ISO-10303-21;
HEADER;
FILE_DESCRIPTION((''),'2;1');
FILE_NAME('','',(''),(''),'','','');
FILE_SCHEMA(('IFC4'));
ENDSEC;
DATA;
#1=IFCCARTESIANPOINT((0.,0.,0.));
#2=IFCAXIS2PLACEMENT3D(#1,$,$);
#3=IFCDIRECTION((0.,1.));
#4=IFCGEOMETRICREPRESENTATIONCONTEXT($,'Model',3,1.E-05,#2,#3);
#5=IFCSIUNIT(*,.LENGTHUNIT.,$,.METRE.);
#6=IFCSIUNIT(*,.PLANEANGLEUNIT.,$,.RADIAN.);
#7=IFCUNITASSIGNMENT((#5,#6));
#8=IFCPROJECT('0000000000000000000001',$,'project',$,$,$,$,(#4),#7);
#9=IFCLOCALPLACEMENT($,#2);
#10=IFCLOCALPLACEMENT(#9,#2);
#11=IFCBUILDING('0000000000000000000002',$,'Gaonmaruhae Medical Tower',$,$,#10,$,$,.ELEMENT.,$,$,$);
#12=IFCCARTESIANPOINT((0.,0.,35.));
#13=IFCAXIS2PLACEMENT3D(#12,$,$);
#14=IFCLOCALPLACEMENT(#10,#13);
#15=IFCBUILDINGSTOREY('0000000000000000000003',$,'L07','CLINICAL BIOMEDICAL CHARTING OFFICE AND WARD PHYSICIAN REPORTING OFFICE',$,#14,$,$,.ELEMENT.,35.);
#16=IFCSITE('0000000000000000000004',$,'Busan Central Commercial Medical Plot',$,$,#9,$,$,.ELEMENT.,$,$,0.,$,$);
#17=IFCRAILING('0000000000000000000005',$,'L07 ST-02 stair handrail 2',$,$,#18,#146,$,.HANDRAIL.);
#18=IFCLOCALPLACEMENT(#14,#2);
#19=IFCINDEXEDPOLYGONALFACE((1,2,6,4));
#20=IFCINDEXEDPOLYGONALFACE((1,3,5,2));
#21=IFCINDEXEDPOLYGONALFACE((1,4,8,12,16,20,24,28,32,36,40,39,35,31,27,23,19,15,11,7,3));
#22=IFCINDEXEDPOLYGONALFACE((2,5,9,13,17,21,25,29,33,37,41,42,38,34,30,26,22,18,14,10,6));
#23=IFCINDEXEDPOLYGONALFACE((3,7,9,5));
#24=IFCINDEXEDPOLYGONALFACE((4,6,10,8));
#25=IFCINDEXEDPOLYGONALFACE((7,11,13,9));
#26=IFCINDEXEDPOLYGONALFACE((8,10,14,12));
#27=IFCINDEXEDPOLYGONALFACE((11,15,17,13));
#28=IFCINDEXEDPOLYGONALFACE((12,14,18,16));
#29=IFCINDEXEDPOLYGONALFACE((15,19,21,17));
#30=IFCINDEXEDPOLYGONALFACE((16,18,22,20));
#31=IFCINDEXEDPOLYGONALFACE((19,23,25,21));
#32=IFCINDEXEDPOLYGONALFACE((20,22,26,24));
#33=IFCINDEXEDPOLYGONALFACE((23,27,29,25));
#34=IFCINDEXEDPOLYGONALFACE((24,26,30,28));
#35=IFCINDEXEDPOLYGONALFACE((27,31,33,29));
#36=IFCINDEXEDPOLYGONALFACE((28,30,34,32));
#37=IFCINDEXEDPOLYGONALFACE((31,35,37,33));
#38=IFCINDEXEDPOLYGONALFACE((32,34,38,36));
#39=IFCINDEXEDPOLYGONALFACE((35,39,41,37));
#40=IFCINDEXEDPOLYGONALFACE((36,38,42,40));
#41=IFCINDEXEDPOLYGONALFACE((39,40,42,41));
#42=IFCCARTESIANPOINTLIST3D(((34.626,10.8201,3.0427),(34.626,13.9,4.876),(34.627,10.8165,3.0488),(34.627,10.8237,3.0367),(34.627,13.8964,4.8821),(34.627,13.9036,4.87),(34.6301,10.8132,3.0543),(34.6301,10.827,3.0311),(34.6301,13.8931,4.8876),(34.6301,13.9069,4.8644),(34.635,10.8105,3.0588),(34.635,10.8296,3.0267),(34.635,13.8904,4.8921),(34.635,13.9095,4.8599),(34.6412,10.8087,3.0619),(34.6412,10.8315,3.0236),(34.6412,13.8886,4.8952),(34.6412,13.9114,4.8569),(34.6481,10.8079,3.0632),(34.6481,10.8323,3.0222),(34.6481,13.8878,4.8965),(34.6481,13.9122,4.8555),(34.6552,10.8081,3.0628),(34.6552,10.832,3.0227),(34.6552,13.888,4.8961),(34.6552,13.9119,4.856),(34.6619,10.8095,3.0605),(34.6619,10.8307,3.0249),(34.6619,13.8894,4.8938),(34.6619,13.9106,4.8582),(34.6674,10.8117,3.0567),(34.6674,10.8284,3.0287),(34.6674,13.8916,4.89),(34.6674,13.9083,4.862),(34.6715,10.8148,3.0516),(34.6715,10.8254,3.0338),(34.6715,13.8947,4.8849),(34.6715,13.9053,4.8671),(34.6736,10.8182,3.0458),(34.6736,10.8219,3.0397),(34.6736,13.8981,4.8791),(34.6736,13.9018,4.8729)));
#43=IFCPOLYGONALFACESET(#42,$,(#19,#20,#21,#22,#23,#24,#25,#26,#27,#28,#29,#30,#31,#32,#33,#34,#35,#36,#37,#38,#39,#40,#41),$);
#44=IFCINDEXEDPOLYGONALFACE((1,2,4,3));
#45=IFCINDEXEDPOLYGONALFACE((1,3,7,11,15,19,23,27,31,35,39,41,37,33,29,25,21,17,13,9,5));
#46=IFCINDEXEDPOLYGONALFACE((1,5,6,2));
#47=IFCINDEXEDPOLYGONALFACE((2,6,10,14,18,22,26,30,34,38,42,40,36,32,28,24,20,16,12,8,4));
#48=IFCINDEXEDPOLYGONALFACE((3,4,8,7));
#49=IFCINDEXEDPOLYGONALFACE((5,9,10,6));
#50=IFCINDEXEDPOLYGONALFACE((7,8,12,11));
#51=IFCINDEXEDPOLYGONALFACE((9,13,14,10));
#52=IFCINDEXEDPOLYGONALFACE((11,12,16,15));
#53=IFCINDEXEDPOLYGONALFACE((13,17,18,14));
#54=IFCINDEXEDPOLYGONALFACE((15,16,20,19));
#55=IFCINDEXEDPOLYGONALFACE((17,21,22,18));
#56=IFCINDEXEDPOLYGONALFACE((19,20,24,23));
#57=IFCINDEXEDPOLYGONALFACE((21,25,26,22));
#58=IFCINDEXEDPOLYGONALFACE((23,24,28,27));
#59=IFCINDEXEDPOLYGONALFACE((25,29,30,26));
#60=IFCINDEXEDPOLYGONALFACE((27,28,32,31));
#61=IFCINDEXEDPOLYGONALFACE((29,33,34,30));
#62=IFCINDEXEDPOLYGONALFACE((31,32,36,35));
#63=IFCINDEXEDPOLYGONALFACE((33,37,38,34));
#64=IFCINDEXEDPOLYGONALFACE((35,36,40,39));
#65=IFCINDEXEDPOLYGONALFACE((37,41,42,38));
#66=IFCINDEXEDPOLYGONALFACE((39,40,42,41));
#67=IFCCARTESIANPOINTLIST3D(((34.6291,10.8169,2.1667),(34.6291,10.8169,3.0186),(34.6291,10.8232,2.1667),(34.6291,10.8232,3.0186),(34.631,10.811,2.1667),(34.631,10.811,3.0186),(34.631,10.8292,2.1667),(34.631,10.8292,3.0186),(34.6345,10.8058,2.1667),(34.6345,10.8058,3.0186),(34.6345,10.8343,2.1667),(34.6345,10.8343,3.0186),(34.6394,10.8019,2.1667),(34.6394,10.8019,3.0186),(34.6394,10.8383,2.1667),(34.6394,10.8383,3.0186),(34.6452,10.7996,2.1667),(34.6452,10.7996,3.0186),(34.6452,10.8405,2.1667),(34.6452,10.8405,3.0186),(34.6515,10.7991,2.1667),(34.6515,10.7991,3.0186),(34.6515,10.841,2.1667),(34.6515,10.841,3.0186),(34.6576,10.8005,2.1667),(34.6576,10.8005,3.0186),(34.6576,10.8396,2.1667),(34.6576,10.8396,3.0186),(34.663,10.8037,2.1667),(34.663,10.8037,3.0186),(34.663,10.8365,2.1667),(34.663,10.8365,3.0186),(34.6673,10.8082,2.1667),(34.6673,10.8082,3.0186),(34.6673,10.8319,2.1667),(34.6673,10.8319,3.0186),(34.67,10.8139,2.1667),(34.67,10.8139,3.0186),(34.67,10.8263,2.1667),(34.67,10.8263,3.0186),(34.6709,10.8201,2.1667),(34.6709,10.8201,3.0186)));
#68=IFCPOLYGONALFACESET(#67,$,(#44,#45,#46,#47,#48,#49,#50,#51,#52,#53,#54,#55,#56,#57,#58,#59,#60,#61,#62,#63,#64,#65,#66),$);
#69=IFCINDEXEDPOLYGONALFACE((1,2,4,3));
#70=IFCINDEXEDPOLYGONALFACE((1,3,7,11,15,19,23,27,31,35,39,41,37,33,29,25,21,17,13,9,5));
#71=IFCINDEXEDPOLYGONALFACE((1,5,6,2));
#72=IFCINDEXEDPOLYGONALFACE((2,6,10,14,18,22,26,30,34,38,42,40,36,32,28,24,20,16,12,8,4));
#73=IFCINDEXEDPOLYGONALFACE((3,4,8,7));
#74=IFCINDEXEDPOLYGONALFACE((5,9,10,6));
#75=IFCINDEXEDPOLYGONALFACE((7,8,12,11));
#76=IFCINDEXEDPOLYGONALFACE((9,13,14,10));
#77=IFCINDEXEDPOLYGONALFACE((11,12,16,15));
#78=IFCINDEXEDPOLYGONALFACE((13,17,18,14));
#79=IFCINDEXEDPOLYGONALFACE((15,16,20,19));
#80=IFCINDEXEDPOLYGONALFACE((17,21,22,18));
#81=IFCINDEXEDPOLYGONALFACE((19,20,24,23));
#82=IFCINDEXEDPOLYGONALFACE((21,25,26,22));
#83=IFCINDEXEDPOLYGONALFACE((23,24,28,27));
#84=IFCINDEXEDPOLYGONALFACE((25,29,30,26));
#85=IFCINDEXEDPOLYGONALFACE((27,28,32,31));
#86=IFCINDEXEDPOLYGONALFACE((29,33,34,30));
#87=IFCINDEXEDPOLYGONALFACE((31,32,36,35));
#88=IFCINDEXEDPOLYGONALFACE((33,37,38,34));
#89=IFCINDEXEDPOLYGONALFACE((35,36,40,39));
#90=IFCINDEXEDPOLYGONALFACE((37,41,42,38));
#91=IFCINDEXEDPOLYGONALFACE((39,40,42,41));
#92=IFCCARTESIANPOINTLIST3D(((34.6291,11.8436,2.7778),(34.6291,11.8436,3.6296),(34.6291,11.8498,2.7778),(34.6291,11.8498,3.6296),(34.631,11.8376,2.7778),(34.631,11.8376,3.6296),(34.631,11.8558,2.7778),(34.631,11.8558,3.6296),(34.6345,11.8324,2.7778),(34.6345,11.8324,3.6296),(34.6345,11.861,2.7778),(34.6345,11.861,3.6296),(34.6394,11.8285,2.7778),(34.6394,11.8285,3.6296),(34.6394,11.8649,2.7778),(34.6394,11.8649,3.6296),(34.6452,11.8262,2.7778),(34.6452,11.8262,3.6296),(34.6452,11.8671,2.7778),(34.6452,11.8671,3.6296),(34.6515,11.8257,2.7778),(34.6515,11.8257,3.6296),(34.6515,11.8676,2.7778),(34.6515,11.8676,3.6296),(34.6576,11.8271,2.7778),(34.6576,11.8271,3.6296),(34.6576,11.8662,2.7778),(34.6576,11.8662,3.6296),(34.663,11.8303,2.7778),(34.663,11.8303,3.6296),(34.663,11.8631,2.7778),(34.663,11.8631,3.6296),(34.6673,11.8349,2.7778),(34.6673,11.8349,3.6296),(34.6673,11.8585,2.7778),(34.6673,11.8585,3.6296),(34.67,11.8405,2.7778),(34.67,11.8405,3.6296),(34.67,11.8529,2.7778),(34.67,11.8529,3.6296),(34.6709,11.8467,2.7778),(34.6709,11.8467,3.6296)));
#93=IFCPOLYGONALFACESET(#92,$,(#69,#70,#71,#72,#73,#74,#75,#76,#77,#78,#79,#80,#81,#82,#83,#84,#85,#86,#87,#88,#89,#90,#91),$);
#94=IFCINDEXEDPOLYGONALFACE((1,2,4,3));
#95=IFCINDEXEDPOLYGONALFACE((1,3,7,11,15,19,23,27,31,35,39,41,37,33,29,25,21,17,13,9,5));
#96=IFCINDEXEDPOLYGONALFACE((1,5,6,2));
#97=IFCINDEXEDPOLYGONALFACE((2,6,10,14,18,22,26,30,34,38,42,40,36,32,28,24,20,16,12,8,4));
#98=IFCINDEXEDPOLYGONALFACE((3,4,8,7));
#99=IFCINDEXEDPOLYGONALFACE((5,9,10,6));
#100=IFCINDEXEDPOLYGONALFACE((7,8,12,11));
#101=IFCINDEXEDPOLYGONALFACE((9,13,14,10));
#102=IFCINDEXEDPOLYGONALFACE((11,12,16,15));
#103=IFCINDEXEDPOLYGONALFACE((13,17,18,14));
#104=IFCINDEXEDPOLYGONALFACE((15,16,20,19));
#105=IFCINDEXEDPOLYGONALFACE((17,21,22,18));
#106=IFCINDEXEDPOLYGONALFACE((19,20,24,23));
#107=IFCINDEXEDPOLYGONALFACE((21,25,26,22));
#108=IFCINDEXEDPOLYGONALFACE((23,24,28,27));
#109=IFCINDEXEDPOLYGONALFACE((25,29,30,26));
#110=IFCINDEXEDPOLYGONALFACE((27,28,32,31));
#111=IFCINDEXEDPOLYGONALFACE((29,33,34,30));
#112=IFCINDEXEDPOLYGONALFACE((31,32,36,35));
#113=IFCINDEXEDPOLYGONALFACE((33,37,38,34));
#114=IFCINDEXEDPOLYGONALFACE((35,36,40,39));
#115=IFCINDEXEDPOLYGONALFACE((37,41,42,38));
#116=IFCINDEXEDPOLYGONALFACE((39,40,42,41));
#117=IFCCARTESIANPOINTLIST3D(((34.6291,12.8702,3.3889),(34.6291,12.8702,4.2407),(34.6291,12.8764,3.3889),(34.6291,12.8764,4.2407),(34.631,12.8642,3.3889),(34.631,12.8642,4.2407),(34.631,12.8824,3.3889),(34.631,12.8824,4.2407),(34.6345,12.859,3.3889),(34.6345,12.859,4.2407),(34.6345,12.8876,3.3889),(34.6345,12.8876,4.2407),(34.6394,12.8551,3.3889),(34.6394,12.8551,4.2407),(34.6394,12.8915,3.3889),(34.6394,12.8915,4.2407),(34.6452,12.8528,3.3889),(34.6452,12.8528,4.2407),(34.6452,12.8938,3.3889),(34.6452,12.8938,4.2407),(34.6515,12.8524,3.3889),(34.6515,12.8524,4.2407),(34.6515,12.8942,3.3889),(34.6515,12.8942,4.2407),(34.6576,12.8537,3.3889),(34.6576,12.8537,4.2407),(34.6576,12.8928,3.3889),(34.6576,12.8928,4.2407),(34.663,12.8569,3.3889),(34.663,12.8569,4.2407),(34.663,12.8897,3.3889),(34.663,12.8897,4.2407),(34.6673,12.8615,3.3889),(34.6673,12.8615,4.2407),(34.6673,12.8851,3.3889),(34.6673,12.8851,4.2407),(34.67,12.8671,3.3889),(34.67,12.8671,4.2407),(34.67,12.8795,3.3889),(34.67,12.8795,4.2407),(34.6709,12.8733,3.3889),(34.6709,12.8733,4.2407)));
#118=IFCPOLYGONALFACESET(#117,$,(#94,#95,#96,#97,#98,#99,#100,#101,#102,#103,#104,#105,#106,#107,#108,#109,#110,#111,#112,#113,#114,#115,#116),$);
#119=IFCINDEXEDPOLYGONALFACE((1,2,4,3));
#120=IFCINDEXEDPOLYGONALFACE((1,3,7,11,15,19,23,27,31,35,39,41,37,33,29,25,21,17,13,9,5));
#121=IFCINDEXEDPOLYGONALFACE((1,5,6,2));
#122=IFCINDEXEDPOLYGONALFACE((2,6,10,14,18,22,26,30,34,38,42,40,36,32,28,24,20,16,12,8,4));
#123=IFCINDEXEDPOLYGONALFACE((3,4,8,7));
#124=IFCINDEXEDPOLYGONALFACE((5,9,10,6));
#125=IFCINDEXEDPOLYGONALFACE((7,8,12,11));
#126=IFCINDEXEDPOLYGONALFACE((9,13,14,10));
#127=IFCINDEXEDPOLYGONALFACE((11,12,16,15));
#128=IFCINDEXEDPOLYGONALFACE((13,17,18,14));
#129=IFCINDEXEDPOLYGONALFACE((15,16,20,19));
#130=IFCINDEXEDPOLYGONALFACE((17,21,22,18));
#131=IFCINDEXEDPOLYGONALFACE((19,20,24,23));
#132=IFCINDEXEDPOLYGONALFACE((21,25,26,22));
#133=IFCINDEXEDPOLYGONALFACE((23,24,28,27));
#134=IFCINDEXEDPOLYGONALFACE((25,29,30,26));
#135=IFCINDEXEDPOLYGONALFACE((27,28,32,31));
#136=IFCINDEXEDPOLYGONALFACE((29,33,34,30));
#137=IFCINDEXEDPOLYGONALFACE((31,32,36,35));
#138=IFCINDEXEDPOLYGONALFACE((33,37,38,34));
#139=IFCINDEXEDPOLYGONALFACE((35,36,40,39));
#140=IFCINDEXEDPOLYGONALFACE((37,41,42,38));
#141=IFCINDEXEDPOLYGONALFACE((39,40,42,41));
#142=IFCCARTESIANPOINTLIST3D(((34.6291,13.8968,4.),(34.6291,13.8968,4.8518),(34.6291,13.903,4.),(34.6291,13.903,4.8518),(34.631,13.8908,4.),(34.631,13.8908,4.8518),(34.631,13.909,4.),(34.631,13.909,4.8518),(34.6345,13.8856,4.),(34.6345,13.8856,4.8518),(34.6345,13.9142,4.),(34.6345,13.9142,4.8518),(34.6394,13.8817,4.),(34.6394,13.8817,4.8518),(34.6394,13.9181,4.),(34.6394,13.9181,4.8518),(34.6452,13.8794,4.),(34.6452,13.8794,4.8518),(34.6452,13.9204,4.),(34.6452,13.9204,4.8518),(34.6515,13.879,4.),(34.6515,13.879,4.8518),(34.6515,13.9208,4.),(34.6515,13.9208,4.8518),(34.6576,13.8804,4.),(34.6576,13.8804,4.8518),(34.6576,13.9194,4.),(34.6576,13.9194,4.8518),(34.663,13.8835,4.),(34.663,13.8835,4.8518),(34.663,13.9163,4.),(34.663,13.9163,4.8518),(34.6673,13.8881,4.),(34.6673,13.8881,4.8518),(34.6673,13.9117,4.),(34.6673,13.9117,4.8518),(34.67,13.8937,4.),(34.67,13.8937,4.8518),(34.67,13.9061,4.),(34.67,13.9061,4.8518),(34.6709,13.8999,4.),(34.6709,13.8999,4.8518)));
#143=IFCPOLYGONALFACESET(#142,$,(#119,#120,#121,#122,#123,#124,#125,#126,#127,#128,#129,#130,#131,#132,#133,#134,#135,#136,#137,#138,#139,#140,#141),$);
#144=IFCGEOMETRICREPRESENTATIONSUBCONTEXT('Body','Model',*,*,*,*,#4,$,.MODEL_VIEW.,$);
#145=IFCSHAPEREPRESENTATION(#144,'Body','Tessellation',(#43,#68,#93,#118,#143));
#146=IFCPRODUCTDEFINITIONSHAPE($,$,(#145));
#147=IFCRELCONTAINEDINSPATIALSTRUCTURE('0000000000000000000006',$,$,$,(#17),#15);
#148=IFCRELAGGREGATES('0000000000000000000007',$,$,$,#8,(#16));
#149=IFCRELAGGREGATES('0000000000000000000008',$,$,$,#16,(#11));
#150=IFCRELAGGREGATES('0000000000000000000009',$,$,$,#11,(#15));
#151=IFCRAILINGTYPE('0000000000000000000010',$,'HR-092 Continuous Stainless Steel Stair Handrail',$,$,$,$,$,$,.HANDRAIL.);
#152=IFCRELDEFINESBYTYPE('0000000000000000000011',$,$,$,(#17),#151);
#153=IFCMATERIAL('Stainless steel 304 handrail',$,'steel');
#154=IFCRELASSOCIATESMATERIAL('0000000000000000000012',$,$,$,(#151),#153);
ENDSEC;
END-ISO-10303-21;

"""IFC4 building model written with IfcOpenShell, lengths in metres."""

from ifc_helpers import new_model, si_unit, direction, frame, origin, origin_2d, place, context, subcontext, project, spatial, circle, extrude, material, type_object, element, save


model = new_model("IFC4")

# Units and contexts
model_context = context("Model", 3, precision=1e-05, world=origin(), true_north=direction((0.0, 1.0)))
body_context = subcontext(model_context, "Body", "Model", "MODEL_VIEW")
ifc_project = project(units=[si_unit("LENGTHUNIT", "METRE"), si_unit("PLANEANGLEUNIT", "RADIAN")], contexts=[model_context])

# Site, building, storey
site_placement = place(None, origin())
site = spatial("IfcSite", under=ifc_project, at=site_placement, Name="Busan Central Commercial Medical Plot", CompositionType="ELEMENT", RefElevation=0.0)
building_placement = place(site_placement, origin())
building = spatial("IfcBuilding", under=site, at=building_placement, Name="Gaonmaruhae Medical Tower", CompositionType="ELEMENT")
storey_placement = place(building_placement, frame((0.0, 0.0, 35.0)))
storey = spatial("IfcBuildingStorey", under=building, at=storey_placement, Name="L07", Description="CLINICAL BIOMEDICAL CHARTING OFFICE AND WARD PHYSICIAN REPORTING OFFICE", CompositionType="ELEMENT", Elevation=35.0)

# Railing
ifc_material_1 = material(Name="Stainless steel 304 handrail", Category="steel")
railing_type_1 = type_object("IfcRailingType", Name="HR-092 Continuous Stainless Steel Stair Handrail", PredefinedType="HANDRAIL", material=ifc_material_1)
railing_1_placement = place(storey_placement, frame((34.6499, 10.8201, 2.1667)))
element("IfcRailing", 1, at=railing_1_placement, inside=storey, type_object=railing_type_1, Name="L07 ST-02 stair handrail 2", PredefinedType="HANDRAIL", context=body_context, shape_type="SweptSolid", body=[
    extrude(circle(Radius=0.0239, at=origin_2d()), frame((0.0, 0.0, 0.876), z_axis=(0.0, 0.859291, 0.511487), x_axis=(-1.0, 0.0, 0.0)), (0.0, 0.0, 1.0), 3.5842),
    extrude(circle(Radius=0.021, at=origin_2d()), origin(), (0.0, 0.0, 1.0), 0.8518),
    extrude(circle(Radius=0.021, at=origin_2d()), frame((0.0, 1.0266, 0.6111)), (0.0, 0.0, 1.0), 0.8518),
    extrude(circle(Radius=0.021, at=origin_2d()), frame((0.0, 2.0532, 1.2222)), (0.0, 0.0, 1.0), 0.8518),
    extrude(circle(Radius=0.021, at=origin_2d()), frame((0.0, 3.0798, 1.8333)), (0.0, 0.0, 1.0), 0.8518),
])

save(model, "model.ifc")
